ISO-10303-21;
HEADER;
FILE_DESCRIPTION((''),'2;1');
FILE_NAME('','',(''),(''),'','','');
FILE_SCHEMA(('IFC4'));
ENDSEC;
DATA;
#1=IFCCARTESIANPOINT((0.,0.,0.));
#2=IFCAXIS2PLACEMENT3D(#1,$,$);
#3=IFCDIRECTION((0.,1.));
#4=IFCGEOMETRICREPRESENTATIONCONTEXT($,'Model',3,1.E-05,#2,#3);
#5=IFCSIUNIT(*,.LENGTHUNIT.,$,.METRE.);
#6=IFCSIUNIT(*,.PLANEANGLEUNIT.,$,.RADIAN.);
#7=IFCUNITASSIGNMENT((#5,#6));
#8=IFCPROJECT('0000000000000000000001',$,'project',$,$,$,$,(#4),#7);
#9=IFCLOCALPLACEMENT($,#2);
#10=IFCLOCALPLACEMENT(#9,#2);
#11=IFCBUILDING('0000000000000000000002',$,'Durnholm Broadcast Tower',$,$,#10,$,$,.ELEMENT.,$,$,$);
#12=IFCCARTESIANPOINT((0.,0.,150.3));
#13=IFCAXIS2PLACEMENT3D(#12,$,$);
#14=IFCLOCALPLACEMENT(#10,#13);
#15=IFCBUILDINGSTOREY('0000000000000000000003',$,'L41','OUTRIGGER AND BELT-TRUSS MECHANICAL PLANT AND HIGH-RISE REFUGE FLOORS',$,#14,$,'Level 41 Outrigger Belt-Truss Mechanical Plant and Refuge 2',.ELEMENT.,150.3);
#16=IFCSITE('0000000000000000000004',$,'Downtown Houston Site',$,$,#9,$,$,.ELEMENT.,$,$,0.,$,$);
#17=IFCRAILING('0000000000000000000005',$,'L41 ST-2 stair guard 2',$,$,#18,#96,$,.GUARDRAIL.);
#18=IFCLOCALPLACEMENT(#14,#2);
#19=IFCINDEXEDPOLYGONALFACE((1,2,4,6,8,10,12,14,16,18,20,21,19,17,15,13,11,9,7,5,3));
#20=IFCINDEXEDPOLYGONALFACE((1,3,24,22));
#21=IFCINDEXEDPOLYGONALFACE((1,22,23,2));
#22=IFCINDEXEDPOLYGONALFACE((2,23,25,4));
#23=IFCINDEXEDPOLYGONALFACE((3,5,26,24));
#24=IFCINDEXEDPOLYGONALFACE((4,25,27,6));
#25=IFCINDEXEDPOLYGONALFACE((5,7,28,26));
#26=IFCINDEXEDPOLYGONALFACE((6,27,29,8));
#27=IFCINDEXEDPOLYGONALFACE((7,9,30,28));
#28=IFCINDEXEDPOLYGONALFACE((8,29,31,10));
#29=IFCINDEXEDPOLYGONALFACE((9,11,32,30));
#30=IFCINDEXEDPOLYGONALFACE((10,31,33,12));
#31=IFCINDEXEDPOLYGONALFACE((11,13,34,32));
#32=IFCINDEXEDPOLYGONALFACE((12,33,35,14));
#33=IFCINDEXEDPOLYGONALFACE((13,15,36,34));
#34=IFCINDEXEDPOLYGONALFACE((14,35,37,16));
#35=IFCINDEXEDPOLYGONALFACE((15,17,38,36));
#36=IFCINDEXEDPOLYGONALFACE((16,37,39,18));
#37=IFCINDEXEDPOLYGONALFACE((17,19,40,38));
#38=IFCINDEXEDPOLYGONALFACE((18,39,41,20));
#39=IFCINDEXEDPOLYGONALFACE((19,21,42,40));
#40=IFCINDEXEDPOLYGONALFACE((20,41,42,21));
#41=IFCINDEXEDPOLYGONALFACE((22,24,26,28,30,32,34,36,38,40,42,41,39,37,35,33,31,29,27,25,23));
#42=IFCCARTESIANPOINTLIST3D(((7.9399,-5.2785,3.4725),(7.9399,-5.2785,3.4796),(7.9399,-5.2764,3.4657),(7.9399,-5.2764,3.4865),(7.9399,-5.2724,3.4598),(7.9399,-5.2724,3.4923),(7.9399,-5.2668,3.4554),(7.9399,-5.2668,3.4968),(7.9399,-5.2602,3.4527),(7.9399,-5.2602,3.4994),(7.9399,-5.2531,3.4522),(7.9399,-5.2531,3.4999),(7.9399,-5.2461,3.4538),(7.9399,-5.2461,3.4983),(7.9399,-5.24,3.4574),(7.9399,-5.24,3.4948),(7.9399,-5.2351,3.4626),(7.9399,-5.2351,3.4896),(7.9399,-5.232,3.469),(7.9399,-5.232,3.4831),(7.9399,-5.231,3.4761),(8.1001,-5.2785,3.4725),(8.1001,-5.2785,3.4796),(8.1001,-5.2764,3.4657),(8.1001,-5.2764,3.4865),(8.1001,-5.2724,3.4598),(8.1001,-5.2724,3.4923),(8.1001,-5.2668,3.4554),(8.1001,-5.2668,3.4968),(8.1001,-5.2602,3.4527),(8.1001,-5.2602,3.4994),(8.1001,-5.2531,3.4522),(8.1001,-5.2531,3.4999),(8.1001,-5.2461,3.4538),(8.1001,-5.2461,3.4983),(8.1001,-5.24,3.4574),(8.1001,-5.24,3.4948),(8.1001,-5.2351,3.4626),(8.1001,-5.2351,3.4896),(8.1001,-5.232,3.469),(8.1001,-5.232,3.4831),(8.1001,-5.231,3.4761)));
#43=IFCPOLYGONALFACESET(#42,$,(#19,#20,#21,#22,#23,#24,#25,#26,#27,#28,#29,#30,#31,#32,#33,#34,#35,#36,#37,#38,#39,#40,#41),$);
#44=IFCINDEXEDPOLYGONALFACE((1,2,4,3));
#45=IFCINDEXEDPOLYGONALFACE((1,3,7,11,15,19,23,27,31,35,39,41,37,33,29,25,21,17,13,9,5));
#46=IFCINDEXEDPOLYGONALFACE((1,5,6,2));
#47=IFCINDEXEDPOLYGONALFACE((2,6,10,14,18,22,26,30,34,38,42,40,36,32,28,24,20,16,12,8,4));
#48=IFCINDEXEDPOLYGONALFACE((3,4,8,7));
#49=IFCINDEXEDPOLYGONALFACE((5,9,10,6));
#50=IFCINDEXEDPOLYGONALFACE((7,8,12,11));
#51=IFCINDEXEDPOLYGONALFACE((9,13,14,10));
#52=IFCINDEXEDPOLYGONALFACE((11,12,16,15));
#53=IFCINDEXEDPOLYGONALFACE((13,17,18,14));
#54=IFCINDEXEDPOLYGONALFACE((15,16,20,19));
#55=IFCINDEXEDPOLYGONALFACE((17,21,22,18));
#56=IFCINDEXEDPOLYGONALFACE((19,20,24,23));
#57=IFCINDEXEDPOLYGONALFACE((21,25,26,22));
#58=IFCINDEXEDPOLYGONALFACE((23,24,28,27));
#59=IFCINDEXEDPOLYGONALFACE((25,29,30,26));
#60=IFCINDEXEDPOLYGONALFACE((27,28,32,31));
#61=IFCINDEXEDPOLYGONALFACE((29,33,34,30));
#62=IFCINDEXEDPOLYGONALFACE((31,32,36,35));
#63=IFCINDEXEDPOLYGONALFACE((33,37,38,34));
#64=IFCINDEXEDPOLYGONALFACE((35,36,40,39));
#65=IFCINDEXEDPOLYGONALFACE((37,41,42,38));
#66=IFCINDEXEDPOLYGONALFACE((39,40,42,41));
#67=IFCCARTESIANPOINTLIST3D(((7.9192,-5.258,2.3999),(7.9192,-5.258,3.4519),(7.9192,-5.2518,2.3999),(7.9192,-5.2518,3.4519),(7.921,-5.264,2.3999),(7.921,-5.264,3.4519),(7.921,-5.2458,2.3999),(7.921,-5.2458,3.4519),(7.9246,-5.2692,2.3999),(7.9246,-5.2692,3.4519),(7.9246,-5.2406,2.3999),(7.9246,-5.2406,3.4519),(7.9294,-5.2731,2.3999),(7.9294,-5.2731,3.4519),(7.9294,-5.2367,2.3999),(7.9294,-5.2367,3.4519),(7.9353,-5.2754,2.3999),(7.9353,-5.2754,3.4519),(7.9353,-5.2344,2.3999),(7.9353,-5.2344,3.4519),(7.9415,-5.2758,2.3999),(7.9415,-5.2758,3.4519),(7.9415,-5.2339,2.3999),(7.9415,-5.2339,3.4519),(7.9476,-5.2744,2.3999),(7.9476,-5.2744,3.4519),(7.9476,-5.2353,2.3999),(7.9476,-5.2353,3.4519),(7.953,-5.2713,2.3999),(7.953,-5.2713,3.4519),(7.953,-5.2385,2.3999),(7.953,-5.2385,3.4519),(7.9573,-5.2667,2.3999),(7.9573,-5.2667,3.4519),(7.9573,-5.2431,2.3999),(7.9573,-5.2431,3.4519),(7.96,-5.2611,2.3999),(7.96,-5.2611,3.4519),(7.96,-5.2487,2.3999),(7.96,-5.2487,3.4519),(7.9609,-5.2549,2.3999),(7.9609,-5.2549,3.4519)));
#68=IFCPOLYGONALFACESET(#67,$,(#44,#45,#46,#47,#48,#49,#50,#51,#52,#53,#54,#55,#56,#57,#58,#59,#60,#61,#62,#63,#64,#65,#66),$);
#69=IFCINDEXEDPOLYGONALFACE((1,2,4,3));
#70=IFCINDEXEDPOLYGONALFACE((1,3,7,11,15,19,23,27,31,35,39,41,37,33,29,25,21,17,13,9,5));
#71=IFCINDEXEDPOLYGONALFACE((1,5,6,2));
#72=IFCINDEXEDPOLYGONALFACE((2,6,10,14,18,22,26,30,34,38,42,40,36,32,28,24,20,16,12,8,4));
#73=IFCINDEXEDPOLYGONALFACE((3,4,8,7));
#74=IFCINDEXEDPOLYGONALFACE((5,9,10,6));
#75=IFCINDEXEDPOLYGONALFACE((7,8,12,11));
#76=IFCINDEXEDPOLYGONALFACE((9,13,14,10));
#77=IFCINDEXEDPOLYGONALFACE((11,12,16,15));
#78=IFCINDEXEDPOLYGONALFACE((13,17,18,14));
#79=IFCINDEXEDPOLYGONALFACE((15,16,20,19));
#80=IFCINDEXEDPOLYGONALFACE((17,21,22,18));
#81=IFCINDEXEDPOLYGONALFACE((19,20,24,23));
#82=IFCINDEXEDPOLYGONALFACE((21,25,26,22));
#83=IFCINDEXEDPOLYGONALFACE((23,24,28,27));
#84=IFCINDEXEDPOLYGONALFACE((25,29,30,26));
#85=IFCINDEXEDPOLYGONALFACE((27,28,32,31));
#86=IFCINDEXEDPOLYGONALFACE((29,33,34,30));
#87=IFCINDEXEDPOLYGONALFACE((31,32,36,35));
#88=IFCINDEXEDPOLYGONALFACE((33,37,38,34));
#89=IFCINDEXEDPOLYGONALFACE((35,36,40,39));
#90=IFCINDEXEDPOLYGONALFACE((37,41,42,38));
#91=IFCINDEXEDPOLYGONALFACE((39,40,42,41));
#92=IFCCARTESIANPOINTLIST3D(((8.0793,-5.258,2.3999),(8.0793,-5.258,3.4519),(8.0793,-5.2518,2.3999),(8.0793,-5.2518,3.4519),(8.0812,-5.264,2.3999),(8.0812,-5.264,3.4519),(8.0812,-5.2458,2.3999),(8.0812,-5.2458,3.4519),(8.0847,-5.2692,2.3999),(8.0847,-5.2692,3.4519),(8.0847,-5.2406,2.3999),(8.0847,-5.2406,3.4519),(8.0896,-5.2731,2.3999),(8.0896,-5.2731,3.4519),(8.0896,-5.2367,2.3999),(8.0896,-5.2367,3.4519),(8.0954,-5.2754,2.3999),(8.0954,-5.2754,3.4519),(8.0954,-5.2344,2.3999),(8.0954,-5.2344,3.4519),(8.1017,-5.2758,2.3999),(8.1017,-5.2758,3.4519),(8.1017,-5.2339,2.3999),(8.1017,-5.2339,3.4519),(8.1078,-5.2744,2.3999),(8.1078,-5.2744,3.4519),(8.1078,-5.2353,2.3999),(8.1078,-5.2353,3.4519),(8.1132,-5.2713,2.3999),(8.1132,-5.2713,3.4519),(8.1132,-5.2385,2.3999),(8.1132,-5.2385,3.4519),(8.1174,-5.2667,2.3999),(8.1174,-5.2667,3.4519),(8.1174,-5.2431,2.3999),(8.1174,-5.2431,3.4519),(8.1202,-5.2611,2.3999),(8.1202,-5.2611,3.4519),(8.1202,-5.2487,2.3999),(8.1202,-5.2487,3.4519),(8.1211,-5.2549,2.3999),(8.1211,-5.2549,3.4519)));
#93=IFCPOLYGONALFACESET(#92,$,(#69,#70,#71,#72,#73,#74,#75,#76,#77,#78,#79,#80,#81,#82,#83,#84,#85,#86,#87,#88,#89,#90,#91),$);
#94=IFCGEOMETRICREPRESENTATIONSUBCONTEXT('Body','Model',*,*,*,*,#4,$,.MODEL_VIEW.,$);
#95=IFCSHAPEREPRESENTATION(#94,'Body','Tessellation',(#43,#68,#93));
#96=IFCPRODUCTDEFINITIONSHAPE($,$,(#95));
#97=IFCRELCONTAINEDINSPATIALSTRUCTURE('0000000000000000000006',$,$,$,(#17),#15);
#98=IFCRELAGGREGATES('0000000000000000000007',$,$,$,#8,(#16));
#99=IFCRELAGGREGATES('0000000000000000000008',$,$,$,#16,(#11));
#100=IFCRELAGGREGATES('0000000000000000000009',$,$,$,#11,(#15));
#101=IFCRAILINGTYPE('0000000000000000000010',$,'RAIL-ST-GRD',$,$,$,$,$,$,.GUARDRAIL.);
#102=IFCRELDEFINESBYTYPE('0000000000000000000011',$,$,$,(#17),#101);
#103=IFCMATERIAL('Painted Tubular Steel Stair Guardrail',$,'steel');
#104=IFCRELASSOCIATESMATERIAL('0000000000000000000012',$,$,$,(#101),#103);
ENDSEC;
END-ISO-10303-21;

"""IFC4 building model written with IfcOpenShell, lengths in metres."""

from ifc_helpers import new_model, si_unit, direction, frame, origin, origin_2d, place, context, subcontext, project, spatial, circle, extrude, material, type_object, element, save


model = new_model("IFC4")

# Units and contexts
model_context = context("Model", 3, precision=1e-05, world=origin(), true_north=direction((0.0, 1.0)))
body_context = subcontext(model_context, "Body", "Model", "MODEL_VIEW")
ifc_project = project(units=[si_unit("LENGTHUNIT", "METRE"), si_unit("PLANEANGLEUNIT", "RADIAN")], contexts=[model_context])

# Site, building, storey
site_placement = place(None, origin())
site = spatial("IfcSite", under=ifc_project, at=site_placement, Name="Downtown Houston Site", CompositionType="ELEMENT", RefElevation=0.0)
building_placement = place(site_placement, origin())
building = spatial("IfcBuilding", under=site, at=building_placement, Name="Durnholm Broadcast Tower", CompositionType="ELEMENT")
storey_placement = place(building_placement, frame((0.0, 0.0, 150.3)))
storey = spatial("IfcBuildingStorey", under=building, at=storey_placement, Name="L41", Description="OUTRIGGER AND BELT-TRUSS MECHANICAL PLANT AND HIGH-RISE REFUGE FLOORS", LongName="Level 41 Outrigger Belt-Truss Mechanical Plant and Refuge 2", CompositionType="ELEMENT", Elevation=150.3)

# Railing
ifc_material_1 = material(Name="Painted Tubular Steel Stair Guardrail", Category="steel")
railing_type_1 = type_object("IfcRailingType", Name="RAIL-ST-GRD", PredefinedType="GUARDRAIL", material=ifc_material_1)
railing_1_placement = place(storey_placement, frame((7.9399, -5.2549, 2.3999)))
element("IfcRailing", 1, at=railing_1_placement, inside=storey, type_object=railing_type_1, Name="L41 ST-2 stair guard 2", PredefinedType="GUARDRAIL", context=body_context, shape_type="SweptSolid", body=[
    extrude(circle(Radius=0.0239, at=origin_2d()), frame((0.0, 0.0, 1.0762), z_axis=(1.0, 0.0, 0.0), x_axis=(0.0, 1.0, 0.0)), (0.0, 0.0, 1.0), 0.1602),
    extrude(circle(Radius=0.021, at=origin_2d()), origin(), (0.0, 0.0, 1.0), 1.052),
    extrude(circle(Radius=0.021, at=origin_2d()), frame((0.1602, 0.0, 0.0)), (0.0, 0.0, 1.0), 1.052),
])

save(model, "model.ifc")
